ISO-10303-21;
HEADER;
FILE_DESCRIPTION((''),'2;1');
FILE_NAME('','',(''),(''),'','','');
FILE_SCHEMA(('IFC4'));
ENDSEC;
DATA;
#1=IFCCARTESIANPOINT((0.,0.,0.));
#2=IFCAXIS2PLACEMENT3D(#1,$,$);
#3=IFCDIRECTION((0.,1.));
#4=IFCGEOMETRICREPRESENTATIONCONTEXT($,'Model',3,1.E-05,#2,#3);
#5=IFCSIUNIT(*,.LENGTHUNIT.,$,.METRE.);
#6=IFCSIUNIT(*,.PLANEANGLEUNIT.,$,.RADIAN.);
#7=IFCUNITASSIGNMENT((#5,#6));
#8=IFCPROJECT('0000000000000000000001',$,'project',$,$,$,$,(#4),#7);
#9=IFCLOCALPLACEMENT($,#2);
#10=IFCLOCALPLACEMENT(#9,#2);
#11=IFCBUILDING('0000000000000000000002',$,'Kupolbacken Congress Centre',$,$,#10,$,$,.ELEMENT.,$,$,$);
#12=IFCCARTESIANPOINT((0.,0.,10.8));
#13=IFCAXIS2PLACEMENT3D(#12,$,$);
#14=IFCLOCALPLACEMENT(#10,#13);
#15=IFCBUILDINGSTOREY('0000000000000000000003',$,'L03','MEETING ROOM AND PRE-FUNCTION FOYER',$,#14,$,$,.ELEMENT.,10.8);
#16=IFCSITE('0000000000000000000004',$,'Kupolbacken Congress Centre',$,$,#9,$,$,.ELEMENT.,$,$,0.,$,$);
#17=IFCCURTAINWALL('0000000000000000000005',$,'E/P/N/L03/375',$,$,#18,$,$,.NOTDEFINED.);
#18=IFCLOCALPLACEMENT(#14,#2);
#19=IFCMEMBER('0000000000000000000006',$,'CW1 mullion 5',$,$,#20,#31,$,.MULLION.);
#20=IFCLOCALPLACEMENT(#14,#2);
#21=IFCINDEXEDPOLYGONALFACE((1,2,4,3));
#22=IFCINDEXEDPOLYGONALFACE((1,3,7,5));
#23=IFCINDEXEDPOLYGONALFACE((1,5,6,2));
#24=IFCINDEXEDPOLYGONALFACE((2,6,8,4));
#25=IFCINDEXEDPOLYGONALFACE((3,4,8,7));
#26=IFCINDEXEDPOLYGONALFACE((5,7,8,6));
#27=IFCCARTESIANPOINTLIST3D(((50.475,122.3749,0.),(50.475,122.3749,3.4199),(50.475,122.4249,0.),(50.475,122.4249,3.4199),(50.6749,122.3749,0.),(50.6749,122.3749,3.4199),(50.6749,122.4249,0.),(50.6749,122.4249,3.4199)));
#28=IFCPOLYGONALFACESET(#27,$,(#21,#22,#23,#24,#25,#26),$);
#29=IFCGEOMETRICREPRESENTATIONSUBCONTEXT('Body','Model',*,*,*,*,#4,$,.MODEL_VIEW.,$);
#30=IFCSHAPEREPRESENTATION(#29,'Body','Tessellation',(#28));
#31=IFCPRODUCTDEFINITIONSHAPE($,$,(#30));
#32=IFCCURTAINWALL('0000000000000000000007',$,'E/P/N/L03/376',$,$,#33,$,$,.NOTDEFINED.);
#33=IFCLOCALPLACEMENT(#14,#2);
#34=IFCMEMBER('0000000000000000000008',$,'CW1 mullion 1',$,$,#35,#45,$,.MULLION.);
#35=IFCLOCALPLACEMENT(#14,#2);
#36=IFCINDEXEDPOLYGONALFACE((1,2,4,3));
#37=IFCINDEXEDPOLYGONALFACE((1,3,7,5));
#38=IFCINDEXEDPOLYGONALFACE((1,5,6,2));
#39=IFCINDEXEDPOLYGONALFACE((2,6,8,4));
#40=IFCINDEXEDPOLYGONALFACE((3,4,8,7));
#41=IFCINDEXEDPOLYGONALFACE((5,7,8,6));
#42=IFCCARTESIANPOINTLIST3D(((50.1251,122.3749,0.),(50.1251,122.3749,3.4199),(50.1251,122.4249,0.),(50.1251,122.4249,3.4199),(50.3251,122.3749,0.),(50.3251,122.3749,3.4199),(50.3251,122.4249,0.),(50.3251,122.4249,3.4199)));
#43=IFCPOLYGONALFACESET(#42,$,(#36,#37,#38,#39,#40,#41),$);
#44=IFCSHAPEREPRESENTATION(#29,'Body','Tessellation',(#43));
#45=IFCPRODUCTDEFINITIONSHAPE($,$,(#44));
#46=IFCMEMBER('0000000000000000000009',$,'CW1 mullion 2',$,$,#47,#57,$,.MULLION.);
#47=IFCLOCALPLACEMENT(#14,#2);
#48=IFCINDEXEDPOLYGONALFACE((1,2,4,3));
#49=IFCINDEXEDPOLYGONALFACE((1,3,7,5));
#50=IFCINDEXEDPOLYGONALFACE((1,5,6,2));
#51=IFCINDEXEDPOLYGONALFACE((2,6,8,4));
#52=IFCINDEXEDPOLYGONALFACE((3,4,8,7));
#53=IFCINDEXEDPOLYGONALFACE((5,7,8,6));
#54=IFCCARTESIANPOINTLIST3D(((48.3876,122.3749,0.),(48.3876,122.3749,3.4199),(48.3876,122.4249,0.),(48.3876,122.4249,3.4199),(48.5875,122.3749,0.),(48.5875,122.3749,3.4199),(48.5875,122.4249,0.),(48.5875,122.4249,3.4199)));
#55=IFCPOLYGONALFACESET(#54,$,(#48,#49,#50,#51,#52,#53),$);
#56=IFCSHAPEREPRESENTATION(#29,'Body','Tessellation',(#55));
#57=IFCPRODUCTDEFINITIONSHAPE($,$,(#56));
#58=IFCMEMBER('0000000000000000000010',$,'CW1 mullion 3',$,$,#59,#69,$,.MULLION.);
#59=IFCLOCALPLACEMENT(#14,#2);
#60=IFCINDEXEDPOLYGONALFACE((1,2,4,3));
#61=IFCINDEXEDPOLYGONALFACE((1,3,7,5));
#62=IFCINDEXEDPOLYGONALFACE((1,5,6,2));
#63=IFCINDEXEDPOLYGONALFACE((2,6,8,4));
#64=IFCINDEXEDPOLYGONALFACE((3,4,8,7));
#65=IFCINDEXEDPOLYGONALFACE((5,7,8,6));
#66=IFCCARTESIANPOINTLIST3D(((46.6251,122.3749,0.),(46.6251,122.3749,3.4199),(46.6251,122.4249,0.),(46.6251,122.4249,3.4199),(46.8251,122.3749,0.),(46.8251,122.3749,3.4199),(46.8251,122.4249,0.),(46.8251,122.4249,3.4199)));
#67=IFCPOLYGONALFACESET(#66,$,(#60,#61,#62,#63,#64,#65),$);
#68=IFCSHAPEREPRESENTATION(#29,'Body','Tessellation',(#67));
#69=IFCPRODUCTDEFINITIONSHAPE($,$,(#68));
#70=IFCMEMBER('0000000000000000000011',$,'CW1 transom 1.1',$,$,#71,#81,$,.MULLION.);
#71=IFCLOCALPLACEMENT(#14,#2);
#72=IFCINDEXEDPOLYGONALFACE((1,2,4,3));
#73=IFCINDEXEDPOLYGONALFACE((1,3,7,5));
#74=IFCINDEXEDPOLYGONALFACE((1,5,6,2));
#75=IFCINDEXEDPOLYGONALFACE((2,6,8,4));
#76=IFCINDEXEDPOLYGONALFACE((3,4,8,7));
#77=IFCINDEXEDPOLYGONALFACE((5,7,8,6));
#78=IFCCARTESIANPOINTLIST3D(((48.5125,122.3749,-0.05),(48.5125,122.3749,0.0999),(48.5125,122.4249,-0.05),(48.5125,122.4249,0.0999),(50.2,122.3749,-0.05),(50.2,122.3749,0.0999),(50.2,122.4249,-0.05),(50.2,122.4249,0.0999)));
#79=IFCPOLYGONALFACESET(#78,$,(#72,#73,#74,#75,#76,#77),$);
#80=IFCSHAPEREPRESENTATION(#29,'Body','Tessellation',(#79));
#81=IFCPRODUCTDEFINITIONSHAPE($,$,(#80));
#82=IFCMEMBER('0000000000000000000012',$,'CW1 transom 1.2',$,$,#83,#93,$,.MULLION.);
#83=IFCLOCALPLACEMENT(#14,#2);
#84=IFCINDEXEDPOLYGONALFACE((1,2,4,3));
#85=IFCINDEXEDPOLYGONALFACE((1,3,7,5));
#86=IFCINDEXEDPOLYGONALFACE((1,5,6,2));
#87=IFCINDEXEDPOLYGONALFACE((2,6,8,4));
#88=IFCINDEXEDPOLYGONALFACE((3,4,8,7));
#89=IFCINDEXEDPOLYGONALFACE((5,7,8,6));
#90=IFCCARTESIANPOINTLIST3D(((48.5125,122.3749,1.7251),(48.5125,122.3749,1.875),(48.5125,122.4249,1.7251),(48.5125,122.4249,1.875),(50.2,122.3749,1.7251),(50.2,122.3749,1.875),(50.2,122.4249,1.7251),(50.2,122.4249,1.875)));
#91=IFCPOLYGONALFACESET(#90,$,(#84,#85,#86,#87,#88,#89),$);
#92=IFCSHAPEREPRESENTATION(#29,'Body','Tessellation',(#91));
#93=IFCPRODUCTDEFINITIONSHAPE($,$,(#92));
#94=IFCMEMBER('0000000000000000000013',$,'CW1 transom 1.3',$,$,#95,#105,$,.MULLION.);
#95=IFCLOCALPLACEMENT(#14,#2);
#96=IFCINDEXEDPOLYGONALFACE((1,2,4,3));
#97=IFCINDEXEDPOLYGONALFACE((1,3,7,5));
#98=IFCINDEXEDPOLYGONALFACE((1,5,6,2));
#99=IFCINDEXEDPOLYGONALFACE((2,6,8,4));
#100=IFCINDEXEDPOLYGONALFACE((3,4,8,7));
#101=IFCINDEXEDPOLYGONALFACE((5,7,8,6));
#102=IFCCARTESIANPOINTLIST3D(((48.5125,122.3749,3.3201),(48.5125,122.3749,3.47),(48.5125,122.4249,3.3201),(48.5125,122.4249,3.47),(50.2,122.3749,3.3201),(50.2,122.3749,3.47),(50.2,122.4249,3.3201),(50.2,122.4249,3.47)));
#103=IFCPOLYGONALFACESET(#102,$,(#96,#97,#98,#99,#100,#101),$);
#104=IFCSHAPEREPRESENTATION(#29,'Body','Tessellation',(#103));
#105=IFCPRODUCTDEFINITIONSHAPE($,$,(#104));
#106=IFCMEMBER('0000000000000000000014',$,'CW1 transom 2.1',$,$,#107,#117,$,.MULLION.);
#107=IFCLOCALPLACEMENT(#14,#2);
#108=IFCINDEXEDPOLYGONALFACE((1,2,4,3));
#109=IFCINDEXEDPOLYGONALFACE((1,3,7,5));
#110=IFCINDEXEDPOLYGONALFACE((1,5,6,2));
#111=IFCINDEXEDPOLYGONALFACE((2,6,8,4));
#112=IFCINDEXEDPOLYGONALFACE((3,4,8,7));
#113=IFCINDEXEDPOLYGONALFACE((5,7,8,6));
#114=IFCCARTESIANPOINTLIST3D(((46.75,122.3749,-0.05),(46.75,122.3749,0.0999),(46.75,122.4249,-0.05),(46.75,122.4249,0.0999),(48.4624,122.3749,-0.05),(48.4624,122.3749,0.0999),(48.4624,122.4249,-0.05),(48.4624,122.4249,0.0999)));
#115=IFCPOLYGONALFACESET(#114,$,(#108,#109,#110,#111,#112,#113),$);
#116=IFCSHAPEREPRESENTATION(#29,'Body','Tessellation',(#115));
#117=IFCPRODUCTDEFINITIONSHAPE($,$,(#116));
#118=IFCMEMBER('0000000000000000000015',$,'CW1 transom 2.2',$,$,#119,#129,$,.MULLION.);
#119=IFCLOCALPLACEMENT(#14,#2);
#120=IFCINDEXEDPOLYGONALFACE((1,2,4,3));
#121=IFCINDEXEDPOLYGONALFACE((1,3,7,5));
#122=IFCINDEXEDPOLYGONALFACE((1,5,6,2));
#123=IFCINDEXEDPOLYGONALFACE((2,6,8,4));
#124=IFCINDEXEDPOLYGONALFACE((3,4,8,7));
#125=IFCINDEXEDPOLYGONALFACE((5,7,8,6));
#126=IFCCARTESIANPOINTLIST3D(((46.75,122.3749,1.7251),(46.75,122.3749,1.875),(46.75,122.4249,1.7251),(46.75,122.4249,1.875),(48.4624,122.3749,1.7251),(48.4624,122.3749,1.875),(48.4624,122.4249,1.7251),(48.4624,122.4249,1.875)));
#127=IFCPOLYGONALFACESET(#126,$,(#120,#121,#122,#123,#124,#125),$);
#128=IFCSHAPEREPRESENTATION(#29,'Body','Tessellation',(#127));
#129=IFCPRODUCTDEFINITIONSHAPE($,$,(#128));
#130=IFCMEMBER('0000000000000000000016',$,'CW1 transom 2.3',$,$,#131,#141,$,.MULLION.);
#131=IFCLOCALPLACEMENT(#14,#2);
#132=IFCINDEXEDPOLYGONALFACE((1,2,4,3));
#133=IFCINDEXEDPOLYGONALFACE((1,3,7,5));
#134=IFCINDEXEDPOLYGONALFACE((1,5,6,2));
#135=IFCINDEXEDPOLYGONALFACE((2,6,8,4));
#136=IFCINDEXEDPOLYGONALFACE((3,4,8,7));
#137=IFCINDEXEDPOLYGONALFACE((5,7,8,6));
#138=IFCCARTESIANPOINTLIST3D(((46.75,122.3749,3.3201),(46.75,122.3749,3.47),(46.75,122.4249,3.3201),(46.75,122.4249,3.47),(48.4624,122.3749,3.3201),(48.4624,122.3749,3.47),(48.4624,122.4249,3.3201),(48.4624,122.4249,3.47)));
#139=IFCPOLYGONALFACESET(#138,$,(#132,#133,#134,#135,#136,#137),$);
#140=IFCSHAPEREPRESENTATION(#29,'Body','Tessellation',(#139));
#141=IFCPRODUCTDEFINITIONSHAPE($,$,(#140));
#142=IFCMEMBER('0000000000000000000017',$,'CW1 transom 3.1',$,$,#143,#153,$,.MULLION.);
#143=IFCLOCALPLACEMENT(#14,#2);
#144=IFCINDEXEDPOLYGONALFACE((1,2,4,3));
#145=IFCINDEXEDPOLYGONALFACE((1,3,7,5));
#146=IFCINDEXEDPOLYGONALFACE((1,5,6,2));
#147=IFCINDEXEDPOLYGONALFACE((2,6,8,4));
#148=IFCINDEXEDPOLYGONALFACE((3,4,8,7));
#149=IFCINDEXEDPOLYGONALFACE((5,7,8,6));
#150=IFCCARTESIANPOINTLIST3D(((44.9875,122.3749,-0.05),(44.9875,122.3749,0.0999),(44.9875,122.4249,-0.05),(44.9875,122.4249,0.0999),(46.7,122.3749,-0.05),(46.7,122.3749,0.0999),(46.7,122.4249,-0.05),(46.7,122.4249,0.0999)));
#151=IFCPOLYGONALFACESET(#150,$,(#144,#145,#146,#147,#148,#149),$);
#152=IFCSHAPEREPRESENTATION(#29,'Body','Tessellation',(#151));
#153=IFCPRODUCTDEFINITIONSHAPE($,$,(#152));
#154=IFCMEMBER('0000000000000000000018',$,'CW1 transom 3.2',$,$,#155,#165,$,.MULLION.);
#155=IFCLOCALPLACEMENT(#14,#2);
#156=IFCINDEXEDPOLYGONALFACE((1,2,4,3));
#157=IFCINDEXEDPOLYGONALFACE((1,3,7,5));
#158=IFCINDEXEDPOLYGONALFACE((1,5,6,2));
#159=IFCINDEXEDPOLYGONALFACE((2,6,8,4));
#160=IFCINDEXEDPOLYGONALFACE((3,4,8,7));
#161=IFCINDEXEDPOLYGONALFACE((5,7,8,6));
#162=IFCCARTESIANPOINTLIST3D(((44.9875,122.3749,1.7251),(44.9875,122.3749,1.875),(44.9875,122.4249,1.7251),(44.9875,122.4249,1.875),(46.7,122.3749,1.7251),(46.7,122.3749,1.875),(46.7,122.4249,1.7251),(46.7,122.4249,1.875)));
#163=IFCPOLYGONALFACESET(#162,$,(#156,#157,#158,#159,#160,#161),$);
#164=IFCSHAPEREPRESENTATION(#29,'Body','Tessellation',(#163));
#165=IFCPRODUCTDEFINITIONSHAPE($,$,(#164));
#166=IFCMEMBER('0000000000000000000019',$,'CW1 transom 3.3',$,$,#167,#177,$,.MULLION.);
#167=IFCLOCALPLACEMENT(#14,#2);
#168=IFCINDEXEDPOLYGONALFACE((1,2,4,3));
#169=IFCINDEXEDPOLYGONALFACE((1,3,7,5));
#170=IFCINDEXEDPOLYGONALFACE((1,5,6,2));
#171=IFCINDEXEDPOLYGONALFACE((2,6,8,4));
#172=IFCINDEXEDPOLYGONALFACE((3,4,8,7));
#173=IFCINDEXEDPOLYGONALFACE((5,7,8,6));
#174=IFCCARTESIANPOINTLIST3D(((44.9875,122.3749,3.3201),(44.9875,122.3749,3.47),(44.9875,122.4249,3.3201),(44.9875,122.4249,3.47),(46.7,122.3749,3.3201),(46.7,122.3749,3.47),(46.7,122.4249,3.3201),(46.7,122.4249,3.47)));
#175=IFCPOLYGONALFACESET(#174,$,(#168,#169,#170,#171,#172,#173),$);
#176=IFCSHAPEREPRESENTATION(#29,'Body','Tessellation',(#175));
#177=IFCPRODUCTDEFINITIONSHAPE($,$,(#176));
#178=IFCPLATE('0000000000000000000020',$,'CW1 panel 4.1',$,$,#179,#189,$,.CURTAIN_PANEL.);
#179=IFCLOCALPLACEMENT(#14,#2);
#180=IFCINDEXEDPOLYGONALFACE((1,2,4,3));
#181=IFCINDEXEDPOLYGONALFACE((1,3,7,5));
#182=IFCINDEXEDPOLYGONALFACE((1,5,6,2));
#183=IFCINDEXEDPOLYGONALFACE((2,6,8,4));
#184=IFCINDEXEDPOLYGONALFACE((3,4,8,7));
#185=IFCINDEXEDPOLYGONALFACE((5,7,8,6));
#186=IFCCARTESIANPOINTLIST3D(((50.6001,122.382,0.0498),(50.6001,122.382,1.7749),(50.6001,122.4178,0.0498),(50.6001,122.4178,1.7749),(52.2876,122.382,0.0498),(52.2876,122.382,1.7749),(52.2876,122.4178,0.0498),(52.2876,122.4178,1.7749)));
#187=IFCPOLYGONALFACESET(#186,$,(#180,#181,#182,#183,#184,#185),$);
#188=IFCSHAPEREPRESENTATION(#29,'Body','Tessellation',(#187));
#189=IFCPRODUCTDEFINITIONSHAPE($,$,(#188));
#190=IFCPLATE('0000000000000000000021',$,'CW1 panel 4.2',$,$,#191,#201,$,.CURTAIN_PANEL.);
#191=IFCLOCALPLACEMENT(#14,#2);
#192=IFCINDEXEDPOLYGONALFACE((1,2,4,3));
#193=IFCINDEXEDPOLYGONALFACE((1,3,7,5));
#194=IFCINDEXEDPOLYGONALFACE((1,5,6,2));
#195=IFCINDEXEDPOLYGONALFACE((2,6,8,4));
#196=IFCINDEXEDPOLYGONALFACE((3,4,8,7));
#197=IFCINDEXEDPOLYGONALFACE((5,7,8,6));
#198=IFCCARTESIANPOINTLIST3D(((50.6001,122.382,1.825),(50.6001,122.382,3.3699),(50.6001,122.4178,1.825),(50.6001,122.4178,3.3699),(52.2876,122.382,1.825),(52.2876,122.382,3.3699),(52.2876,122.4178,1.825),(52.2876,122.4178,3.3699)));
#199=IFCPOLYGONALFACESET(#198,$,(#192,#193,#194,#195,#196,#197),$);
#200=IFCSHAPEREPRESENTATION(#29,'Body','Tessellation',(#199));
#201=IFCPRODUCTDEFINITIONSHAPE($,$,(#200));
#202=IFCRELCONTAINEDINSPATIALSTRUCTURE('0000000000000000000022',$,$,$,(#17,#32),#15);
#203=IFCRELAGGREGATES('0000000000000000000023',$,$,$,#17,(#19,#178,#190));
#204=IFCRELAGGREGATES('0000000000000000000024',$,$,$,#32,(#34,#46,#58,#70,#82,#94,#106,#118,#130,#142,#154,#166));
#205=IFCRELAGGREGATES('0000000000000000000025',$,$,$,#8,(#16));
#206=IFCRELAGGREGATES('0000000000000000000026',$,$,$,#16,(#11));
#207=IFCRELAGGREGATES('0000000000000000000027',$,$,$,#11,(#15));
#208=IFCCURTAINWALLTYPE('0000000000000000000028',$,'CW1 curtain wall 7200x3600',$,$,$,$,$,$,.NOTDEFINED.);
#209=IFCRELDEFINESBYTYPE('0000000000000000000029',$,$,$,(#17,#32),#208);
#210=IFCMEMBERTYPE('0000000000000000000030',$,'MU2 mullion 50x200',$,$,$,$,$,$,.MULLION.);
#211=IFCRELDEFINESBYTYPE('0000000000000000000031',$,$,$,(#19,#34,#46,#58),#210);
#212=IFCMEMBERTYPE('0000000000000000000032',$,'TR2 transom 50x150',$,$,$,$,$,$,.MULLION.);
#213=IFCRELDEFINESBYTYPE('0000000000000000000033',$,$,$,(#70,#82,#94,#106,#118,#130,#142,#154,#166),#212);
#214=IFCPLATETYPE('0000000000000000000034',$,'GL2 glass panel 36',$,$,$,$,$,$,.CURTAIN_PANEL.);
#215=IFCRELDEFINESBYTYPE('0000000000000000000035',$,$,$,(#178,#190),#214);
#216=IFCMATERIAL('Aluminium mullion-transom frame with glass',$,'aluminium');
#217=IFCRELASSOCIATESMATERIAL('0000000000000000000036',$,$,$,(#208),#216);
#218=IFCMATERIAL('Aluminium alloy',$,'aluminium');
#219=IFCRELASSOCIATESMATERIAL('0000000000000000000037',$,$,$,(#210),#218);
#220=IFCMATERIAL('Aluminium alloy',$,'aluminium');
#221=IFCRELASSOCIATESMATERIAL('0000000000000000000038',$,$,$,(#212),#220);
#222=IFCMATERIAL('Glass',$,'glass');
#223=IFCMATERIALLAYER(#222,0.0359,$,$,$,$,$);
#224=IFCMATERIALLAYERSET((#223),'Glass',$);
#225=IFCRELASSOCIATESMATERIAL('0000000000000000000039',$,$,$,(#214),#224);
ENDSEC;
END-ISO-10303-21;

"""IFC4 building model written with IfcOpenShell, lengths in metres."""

from ifc_helpers import new_model, si_unit, direction, frame, origin, origin_2d, place, context, subcontext, project, spatial, rectangle, extrude, material, layer, layer_set, material_profile, profile_set, type_object, element, aggregate, save


model = new_model("IFC4")

# Units and contexts
model_context = context("Model", 3, precision=1e-05, world=origin(), true_north=direction((0.0, 1.0)))
body_context = subcontext(model_context, "Body", "Model", "MODEL_VIEW")
ifc_project = project(units=[si_unit("LENGTHUNIT", "METRE"), si_unit("PLANEANGLEUNIT", "RADIAN")], contexts=[model_context])

# Site, building, storey
site_placement = place(None, origin())
site = spatial("IfcSite", under=ifc_project, at=site_placement, Name="Kupolbacken Congress Centre", CompositionType="ELEMENT", RefElevation=0.0)
building_placement = place(site_placement, origin())
building = spatial("IfcBuilding", under=site, at=building_placement, Name="Kupolbacken Congress Centre", CompositionType="ELEMENT")
storey_placement = place(building_placement, frame((0.0, 0.0, 10.8)))
storey = spatial("IfcBuildingStorey", under=building, at=storey_placement, Name="L03", Description="MEETING ROOM AND PRE-FUNCTION FOYER", CompositionType="ELEMENT", Elevation=10.8)

# Curtain wall, member
ifc_material_1 = material(Name="Aluminium mullion-transom frame with glass", Category="aluminium")
curtain_wall_type = type_object("IfcCurtainWallType", Name="CW1 curtain wall 7200x3600", PredefinedType="NOTDEFINED", material=ifc_material_1)
curtain_wall_1_placement = place(storey_placement, origin())
curtain_wall_1 = element("IfcCurtainWall", 1, at=curtain_wall_1_placement, inside=storey, type_object=curtain_wall_type, Name="E/P/N/L03/375", PredefinedType="NOTDEFINED")
ifc_material_2 = material(Name="Aluminium alloy", Category="aluminium")
ifc_material_profile_1 = material_profile(ifc_material_2, rectangle(XDim=0.05, YDim=0.2, at=origin_2d()), Name="50 x 200")
ifc_profile_set_1 = profile_set([ifc_material_profile_1], Name="Aluminium alloy")
member_type_1 = type_object("IfcMemberType", Name="MU2 mullion 50x200", PredefinedType="MULLION", material=ifc_profile_set_1)
member_1_placement = place(storey_placement, frame((50.575, 122.3999, 0.0), z_axis=(0.0, 0.0, 1.0), x_axis=(0.0, -1.0, 0.0)))
member_1 = element("IfcMember", 2, at=member_1_placement, type_object=member_type_1, Name="CW1 mullion 5", PredefinedType="MULLION", context=body_context, shape_type="SweptSolid", body=[
    extrude(rectangle(XDim=0.05, YDim=0.2, at=origin_2d()), origin(), (0.0, 0.0, 1.0), 3.4199),
])

# Curtain wall, members
curtain_wall_2_placement = place(storey_placement, origin())
curtain_wall_2 = element("IfcCurtainWall", 3, at=curtain_wall_2_placement, inside=storey, type_object=curtain_wall_type, Name="E/P/N/L03/376", PredefinedType="NOTDEFINED")
member_2_placement = place(storey_placement, frame((50.2251, 122.3999, 0.0), z_axis=(0.0, 0.0, 1.0), x_axis=(0.0, -1.0, 0.0)))
member_2 = element("IfcMember", 4, at=member_2_placement, type_object=member_type_1, Name="CW1 mullion 1", PredefinedType="MULLION", context=body_context, shape_type="SweptSolid", body=[
    extrude(rectangle(XDim=0.05, YDim=0.2, at=origin_2d()), origin(), (0.0, 0.0, 1.0), 3.4199),
])
member_3_placement = place(storey_placement, frame((48.4875, 122.3999, 0.0), z_axis=(0.0, 0.0, 1.0), x_axis=(0.0, -1.0, 0.0)))
member_3 = element("IfcMember", 5, at=member_3_placement, type_object=member_type_1, Name="CW1 mullion 2", PredefinedType="MULLION", context=body_context, shape_type="SweptSolid", body=[
    extrude(rectangle(XDim=0.05, YDim=0.2, at=origin_2d()), origin(), (0.0, 0.0, 1.0), 3.4199),
])
member_4_placement = place(storey_placement, frame((46.7251, 122.3999, 0.0), z_axis=(0.0, 0.0, 1.0), x_axis=(0.0, -1.0, 0.0)))
member_4 = element("IfcMember", 6, at=member_4_placement, type_object=member_type_1, Name="CW1 mullion 3", PredefinedType="MULLION", context=body_context, shape_type="SweptSolid", body=[
    extrude(rectangle(XDim=0.05, YDim=0.2, at=origin_2d()), origin(), (0.0, 0.0, 1.0), 3.4199),
])
ifc_material_3 = material(Name="Aluminium alloy", Category="aluminium")
ifc_material_profile_2 = material_profile(ifc_material_3, rectangle(XDim=0.05, YDim=0.1499, at=origin_2d()), Name="50 x 150")
ifc_profile_set_2 = profile_set([ifc_material_profile_2], Name="Aluminium alloy")
member_type_2 = type_object("IfcMemberType", Name="TR2 transom 50x150", PredefinedType="MULLION", material=ifc_profile_set_2)
member_5_placement = place(storey_placement, frame((50.2, 122.3999, 0.0249), z_axis=(-1.0, 0.0, 0.0), x_axis=(0.0, -1.0, 0.0)))
member_5 = element("IfcMember", 7, at=member_5_placement, type_object=member_type_2, Name="CW1 transom 1.1", PredefinedType="MULLION", context=body_context, shape_type="SweptSolid", body=[
    extrude(rectangle(XDim=0.05, YDim=0.1499, at=origin_2d()), origin(), (0.0, 0.0, 1.0), 1.6875),
])
member_6_placement = place(storey_placement, frame((50.2, 122.3999, 1.8), z_axis=(-1.0, 0.0, 0.0), x_axis=(0.0, -1.0, 0.0)))
member_6 = element("IfcMember", 8, at=member_6_placement, type_object=member_type_2, Name="CW1 transom 1.2", PredefinedType="MULLION", context=body_context, shape_type="SweptSolid", body=[
    extrude(rectangle(XDim=0.05, YDim=0.1499, at=origin_2d()), origin(), (0.0, 0.0, 1.0), 1.6875),
])
member_7_placement = place(storey_placement, frame((50.2, 122.3999, 3.395), z_axis=(-1.0, 0.0, 0.0), x_axis=(0.0, -1.0, 0.0)))
member_7 = element("IfcMember", 9, at=member_7_placement, type_object=member_type_2, Name="CW1 transom 1.3", PredefinedType="MULLION", context=body_context, shape_type="SweptSolid", body=[
    extrude(rectangle(XDim=0.05, YDim=0.1499, at=origin_2d()), origin(), (0.0, 0.0, 1.0), 1.6875),
])
member_8_placement = place(storey_placement, frame((48.4624, 122.3999, 0.0249), z_axis=(-1.0, 0.0, 0.0), x_axis=(0.0, -1.0, 0.0)))
member_8 = element("IfcMember", 10, at=member_8_placement, type_object=member_type_2, Name="CW1 transom 2.1", PredefinedType="MULLION", context=body_context, shape_type="SweptSolid", body=[
    extrude(rectangle(XDim=0.05, YDim=0.1499, at=origin_2d()), origin(), (0.0, 0.0, 1.0), 1.7124),
])
member_9_placement = place(storey_placement, frame((48.4624, 122.3999, 1.8), z_axis=(-1.0, 0.0, 0.0), x_axis=(0.0, -1.0, 0.0)))
member_9 = element("IfcMember", 11, at=member_9_placement, type_object=member_type_2, Name="CW1 transom 2.2", PredefinedType="MULLION", context=body_context, shape_type="SweptSolid", body=[
    extrude(rectangle(XDim=0.05, YDim=0.1499, at=origin_2d()), origin(), (0.0, 0.0, 1.0), 1.7124),
])
member_10_placement = place(storey_placement, frame((48.4624, 122.3999, 3.395), z_axis=(-1.0, 0.0, 0.0), x_axis=(0.0, -1.0, 0.0)))
member_10 = element("IfcMember", 12, at=member_10_placement, type_object=member_type_2, Name="CW1 transom 2.3", PredefinedType="MULLION", context=body_context, shape_type="SweptSolid", body=[
    extrude(rectangle(XDim=0.05, YDim=0.1499, at=origin_2d()), origin(), (0.0, 0.0, 1.0), 1.7124),
])
member_11_placement = place(storey_placement, frame((46.7, 122.3999, 0.0249), z_axis=(-1.0, 0.0, 0.0), x_axis=(0.0, -1.0, 0.0)))
member_11 = element("IfcMember", 13, at=member_11_placement, type_object=member_type_2, Name="CW1 transom 3.1", PredefinedType="MULLION", context=body_context, shape_type="SweptSolid", body=[
    extrude(rectangle(XDim=0.05, YDim=0.1499, at=origin_2d()), origin(), (0.0, 0.0, 1.0), 1.7124),
])
member_12_placement = place(storey_placement, frame((46.7, 122.3999, 1.8), z_axis=(-1.0, 0.0, 0.0), x_axis=(0.0, -1.0, 0.0)))
member_12 = element("IfcMember", 14, at=member_12_placement, type_object=member_type_2, Name="CW1 transom 3.2", PredefinedType="MULLION", context=body_context, shape_type="SweptSolid", body=[
    extrude(rectangle(XDim=0.05, YDim=0.1499, at=origin_2d()), origin(), (0.0, 0.0, 1.0), 1.7124),
])
member_13_placement = place(storey_placement, frame((46.7, 122.3999, 3.395), z_axis=(-1.0, 0.0, 0.0), x_axis=(0.0, -1.0, 0.0)))
member_13 = element("IfcMember", 15, at=member_13_placement, type_object=member_type_2, Name="CW1 transom 3.3", PredefinedType="MULLION", context=body_context, shape_type="SweptSolid", body=[
    extrude(rectangle(XDim=0.05, YDim=0.1499, at=origin_2d()), origin(), (0.0, 0.0, 1.0), 1.7124),
])

# Plates
ifc_material_4 = material(Name="Glass", Category="glass")
ifc_layer = layer(ifc_material_4, 0.0359)
ifc_layer_set = layer_set([ifc_layer], Name="Glass")
plate_type = type_object("IfcPlateType", Name="GL2 glass panel 36", PredefinedType="CURTAIN_PANEL", material=ifc_layer_set)
plate_1_placement = place(storey_placement, frame((51.4438, 122.3999, 0.0498), z_axis=(0.0, 0.0, 1.0), x_axis=(-1.0, 0.0, 0.0)))
plate_1 = element("IfcPlate", 16, at=plate_1_placement, type_object=plate_type, Name="CW1 panel 4.1", PredefinedType="CURTAIN_PANEL", context=body_context, shape_type="SweptSolid", body=[
    extrude(rectangle(XDim=1.6875, YDim=0.0359, at=origin_2d()), origin(), (0.0, 0.0, 1.0), 1.7251),
])
plate_2_placement = place(storey_placement, frame((51.4438, 122.3999, 1.825), z_axis=(0.0, 0.0, 1.0), x_axis=(-1.0, 0.0, 0.0)))
plate_2 = element("IfcPlate", 17, at=plate_2_placement, type_object=plate_type, Name="CW1 panel 4.2", PredefinedType="CURTAIN_PANEL", context=body_context, shape_type="SweptSolid", body=[
    extrude(rectangle(XDim=1.6875, YDim=0.0359, at=origin_2d()), origin(), (0.0, 0.0, 1.0), 1.5449),
])
aggregate(curtain_wall_1, [member_1, plate_1, plate_2])
aggregate(curtain_wall_2, [member_2, member_3, member_4, member_5, member_6, member_7, member_8, member_9, member_10, member_11, member_12, member_13])

save(model, "model.ifc")
